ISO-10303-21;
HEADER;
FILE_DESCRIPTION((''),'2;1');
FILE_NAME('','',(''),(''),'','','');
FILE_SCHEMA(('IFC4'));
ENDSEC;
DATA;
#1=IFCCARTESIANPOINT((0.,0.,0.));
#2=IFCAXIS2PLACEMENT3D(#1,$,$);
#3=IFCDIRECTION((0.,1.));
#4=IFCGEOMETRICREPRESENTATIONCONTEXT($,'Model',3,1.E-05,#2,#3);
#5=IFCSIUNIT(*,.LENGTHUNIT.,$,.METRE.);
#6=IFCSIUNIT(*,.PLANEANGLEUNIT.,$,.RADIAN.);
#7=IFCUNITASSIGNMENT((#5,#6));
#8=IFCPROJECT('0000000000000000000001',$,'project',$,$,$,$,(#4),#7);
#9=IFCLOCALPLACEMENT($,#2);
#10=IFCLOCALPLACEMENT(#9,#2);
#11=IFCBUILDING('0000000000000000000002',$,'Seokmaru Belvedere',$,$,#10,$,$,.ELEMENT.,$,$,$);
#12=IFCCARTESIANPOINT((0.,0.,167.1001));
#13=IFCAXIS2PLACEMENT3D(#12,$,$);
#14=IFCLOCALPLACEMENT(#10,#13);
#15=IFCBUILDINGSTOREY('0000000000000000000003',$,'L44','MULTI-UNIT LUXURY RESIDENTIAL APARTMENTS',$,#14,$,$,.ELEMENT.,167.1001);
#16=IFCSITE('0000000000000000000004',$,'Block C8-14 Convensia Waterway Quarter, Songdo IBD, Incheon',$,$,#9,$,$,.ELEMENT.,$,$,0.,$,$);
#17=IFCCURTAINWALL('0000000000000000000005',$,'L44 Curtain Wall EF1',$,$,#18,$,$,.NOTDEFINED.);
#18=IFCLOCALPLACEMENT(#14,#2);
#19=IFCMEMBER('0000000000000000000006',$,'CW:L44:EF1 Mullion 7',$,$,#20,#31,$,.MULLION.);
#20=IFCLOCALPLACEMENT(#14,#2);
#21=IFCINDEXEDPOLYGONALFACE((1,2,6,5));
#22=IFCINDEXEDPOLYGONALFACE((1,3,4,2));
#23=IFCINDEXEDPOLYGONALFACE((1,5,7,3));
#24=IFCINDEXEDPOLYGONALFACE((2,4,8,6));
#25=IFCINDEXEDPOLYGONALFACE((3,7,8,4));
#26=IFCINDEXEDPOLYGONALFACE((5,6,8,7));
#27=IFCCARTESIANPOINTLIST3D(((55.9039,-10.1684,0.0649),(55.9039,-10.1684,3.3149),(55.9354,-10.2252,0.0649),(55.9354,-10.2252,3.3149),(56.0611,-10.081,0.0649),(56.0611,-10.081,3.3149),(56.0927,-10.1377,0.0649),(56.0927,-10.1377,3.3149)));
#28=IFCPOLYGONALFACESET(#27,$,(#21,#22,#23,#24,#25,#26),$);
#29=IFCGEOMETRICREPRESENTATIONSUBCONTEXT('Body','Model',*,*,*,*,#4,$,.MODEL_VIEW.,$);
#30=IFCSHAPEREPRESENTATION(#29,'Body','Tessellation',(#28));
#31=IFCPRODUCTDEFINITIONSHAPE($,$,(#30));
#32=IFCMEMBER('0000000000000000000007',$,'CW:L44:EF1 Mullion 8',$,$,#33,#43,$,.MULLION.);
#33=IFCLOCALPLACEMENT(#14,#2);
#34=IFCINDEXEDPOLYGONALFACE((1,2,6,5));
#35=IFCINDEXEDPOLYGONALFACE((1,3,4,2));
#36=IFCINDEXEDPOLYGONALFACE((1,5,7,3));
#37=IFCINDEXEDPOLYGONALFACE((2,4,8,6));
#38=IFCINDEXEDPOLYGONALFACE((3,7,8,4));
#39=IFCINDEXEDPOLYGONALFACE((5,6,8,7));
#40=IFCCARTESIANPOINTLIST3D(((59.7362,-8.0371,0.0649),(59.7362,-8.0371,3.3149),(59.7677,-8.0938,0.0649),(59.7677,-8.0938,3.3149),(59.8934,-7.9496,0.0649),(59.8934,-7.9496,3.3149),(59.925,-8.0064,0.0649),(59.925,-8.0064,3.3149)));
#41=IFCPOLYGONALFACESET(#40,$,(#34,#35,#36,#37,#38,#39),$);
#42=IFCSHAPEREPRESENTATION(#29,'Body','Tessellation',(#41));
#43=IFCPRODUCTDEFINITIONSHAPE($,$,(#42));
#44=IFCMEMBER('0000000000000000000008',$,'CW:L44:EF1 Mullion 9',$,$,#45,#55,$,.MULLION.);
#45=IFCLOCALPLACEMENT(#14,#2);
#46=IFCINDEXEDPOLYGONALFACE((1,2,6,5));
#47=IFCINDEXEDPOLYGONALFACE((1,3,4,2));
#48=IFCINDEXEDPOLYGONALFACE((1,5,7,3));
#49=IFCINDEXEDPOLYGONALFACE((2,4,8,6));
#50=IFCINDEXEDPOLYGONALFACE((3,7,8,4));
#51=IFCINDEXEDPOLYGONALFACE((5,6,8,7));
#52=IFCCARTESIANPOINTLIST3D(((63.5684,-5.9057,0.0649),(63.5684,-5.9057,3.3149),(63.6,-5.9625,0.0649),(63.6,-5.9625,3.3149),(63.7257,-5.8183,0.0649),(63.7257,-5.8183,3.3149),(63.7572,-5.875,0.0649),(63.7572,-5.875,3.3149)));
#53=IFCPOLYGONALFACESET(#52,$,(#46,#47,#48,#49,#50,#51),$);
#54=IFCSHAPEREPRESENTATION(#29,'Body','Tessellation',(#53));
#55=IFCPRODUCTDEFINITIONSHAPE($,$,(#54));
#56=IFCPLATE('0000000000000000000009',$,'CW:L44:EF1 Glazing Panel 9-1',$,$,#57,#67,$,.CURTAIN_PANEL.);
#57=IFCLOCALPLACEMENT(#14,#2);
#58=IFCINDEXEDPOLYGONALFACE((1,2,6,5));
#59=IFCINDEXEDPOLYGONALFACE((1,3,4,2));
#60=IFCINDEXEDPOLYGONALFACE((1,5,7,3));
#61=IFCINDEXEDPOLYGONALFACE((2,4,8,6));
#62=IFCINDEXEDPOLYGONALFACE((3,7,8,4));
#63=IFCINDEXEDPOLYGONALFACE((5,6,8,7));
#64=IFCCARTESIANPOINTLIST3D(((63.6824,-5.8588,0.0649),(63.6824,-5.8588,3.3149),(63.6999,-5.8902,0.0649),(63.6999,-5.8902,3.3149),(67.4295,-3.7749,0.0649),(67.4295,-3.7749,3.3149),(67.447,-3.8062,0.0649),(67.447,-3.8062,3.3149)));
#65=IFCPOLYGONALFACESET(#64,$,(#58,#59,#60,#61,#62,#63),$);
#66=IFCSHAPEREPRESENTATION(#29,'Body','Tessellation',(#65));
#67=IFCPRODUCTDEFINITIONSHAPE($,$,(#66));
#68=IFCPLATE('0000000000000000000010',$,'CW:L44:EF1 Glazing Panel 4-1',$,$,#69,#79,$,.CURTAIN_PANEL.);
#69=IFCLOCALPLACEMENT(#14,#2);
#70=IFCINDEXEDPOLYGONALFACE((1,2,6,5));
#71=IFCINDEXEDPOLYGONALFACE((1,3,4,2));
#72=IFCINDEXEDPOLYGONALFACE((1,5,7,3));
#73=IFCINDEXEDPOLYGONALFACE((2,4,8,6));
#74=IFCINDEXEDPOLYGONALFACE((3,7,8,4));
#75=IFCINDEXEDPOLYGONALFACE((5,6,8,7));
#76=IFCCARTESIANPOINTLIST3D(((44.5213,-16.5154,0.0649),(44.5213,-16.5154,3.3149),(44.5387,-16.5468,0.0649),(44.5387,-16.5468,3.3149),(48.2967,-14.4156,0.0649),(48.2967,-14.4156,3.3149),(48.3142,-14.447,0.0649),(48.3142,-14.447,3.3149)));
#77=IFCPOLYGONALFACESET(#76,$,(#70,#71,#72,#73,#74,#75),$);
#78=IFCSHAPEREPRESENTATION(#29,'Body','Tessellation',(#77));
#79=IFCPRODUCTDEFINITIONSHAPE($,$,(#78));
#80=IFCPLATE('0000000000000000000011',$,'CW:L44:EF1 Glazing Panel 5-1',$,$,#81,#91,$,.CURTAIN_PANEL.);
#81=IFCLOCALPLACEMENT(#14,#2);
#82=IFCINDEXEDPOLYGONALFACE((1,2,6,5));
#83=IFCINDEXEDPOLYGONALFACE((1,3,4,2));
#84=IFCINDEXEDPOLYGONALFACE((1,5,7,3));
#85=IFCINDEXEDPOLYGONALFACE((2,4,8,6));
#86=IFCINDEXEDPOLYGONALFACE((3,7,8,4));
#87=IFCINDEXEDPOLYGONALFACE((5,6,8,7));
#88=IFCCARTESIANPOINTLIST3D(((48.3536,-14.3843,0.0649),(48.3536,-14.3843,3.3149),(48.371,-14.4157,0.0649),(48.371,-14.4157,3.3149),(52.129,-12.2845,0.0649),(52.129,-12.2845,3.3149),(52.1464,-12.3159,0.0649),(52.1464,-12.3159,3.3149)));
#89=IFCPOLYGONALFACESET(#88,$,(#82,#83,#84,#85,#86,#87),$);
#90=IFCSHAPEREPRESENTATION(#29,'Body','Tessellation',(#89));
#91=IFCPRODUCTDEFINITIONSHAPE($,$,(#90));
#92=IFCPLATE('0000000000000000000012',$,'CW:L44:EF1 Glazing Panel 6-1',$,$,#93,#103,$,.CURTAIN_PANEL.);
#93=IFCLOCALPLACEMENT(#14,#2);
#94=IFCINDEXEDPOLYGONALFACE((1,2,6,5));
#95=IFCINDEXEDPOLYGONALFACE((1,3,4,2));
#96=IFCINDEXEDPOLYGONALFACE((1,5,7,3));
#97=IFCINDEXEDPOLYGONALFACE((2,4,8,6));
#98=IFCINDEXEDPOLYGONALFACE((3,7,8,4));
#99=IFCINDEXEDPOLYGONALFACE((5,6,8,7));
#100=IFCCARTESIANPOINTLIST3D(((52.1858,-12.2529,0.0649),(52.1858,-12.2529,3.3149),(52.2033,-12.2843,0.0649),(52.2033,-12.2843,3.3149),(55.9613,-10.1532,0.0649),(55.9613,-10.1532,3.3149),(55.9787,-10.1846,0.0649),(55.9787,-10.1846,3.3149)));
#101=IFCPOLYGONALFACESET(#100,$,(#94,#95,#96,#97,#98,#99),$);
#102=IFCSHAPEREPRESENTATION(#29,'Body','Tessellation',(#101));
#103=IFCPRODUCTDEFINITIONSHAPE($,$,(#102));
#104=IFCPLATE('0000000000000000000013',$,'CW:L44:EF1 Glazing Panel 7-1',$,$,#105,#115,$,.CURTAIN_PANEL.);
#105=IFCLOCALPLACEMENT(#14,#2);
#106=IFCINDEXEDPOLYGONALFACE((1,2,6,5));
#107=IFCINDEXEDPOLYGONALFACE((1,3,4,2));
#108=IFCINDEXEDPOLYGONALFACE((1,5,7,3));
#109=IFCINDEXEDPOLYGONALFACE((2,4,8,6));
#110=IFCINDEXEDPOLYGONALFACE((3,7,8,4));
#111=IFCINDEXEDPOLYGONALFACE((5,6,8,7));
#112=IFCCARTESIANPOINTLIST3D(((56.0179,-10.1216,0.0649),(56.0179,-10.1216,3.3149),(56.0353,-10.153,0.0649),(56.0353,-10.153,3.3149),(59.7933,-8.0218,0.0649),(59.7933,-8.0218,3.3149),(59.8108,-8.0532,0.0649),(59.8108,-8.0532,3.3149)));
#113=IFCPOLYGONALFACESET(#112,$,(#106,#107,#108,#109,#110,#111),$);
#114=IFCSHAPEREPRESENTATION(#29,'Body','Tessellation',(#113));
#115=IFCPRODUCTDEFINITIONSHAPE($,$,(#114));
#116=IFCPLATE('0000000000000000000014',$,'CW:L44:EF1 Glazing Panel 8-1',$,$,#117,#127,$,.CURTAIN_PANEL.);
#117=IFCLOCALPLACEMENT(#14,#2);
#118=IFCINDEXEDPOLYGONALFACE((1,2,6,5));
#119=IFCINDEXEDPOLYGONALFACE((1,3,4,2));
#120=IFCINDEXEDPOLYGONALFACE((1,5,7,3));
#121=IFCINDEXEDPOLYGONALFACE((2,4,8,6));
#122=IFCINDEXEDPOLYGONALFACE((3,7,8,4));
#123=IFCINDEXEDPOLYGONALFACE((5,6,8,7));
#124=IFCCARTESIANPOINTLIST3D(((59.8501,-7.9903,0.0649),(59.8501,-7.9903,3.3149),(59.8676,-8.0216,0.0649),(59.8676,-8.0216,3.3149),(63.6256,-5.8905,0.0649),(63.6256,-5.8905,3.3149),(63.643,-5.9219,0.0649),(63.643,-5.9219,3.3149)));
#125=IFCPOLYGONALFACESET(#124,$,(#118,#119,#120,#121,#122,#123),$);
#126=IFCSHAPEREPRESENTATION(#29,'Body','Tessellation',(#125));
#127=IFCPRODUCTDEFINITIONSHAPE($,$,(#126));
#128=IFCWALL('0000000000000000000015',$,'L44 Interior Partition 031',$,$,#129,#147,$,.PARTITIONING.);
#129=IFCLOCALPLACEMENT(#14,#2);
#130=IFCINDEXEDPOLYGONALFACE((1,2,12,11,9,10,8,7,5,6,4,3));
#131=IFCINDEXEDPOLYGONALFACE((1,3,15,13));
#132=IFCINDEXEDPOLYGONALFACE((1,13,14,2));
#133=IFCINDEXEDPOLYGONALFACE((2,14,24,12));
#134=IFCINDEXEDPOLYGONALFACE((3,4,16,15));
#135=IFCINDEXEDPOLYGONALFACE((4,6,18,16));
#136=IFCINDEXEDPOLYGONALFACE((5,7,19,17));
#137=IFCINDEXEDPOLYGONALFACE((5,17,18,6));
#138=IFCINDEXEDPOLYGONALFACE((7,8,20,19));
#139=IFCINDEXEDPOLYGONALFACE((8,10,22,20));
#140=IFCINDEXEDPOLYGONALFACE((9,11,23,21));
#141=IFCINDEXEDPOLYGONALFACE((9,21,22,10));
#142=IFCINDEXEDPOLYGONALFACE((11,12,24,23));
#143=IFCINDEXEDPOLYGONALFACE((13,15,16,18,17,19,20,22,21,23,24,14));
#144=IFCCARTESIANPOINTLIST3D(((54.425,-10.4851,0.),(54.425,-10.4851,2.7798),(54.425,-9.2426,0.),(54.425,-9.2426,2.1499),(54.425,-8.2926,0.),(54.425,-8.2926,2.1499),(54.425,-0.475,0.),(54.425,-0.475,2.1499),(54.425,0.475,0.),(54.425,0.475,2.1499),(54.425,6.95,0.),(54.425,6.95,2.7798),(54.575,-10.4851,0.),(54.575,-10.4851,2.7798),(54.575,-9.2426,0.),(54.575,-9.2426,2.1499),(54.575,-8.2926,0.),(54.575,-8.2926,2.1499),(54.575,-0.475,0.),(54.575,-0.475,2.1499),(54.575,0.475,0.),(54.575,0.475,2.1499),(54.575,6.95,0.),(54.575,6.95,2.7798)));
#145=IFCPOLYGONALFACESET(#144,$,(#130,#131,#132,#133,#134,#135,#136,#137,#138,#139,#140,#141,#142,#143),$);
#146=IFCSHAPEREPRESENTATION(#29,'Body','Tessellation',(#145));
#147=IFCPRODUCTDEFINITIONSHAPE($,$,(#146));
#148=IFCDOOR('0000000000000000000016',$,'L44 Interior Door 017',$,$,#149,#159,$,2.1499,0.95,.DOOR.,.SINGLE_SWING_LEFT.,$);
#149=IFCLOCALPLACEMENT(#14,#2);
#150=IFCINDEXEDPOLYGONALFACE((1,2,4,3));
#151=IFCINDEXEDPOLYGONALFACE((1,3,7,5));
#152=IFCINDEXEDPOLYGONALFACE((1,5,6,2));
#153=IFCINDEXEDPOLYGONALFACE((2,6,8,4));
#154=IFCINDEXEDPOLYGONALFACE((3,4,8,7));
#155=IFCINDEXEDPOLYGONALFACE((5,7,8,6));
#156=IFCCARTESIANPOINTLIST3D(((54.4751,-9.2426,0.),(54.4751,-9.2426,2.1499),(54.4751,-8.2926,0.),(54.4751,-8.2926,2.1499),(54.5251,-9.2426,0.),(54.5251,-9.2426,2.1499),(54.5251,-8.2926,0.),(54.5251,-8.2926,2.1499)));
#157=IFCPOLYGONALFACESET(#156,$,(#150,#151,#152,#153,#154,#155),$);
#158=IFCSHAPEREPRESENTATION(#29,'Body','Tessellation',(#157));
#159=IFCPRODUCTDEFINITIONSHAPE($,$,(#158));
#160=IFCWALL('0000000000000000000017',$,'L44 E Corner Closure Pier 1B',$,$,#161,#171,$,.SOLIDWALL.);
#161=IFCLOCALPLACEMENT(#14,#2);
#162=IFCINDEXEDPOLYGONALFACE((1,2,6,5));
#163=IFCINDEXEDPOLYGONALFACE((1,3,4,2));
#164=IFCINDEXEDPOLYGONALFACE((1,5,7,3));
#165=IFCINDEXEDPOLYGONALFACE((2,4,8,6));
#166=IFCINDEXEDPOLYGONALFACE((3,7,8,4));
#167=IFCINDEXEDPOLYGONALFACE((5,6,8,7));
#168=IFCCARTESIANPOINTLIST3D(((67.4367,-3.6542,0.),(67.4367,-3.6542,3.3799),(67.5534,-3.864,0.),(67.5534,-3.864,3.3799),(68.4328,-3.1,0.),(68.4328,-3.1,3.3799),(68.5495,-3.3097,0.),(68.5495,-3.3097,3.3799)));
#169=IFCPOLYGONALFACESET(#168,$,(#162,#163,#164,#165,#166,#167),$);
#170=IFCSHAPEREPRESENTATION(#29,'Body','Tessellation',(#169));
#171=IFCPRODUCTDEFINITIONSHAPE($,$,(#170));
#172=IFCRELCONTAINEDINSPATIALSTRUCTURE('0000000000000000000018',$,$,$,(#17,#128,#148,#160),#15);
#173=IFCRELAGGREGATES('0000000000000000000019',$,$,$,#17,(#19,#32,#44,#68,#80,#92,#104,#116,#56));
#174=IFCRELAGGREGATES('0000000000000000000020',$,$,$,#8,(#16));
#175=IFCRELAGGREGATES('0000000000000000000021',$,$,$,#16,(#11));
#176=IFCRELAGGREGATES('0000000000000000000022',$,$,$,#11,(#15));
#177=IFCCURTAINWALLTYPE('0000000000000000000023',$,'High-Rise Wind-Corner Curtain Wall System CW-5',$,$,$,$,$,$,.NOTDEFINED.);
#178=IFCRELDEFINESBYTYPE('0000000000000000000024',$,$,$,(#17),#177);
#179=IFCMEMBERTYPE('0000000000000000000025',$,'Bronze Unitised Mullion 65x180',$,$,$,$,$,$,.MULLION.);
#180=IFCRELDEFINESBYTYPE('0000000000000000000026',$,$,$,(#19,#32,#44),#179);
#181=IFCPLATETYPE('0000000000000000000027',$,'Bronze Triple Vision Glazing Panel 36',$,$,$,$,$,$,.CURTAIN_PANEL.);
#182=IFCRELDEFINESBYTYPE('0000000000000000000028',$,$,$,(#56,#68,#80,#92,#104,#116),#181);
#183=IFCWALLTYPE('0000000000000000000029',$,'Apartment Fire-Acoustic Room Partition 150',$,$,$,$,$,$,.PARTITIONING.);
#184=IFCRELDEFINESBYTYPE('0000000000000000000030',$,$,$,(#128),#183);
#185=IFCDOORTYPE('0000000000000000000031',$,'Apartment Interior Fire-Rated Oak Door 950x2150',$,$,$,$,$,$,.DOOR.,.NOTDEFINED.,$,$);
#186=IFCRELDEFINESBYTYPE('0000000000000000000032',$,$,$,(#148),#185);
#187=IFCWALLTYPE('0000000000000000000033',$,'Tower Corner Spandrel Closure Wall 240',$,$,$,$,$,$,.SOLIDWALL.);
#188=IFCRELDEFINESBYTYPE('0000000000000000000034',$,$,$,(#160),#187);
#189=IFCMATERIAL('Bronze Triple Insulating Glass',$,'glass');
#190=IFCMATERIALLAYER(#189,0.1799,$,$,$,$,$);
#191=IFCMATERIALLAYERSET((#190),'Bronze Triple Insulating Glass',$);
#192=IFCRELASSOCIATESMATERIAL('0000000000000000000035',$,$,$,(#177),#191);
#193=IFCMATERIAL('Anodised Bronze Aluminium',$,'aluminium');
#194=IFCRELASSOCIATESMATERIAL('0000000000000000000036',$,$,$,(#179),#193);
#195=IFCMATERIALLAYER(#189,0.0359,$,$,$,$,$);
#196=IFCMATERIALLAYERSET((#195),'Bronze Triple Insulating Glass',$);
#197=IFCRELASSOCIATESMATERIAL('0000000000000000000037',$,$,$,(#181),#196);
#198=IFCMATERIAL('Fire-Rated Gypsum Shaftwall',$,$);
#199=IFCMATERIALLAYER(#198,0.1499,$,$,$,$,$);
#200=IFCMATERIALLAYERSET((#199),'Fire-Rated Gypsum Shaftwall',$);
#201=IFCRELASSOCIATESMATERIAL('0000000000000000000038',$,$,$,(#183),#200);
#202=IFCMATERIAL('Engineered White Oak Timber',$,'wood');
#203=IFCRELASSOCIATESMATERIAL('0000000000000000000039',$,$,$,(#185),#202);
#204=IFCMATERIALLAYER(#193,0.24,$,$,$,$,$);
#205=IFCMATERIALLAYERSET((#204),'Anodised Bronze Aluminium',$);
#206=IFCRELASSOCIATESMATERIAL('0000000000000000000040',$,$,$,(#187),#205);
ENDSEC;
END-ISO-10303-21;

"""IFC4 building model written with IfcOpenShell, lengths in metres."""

from ifc_helpers import new_model, si_unit, direction, frame, frame_2d, origin, origin_2d, place, context, subcontext, project, spatial, rectangle, extrude, source, transform, mapped, material, layer, layer_set, material_profile, profile_set, type_object, type_shapes, element, fill, aggregate, save


model = new_model("IFC4")

# Units and contexts
model_context = context("Model", 3, precision=1e-05, world=origin(), true_north=direction((0.0, 1.0)))
body_context = subcontext(model_context, "Body", "Model", "MODEL_VIEW")
ifc_project = project(units=[si_unit("LENGTHUNIT", "METRE"), si_unit("PLANEANGLEUNIT", "RADIAN")], contexts=[model_context])

# Site, building, storey
site_placement = place(None, origin())
site = spatial("IfcSite", under=ifc_project, at=site_placement, Name="Block C8-14 Convensia Waterway Quarter, Songdo IBD, Incheon", CompositionType="ELEMENT", RefElevation=0.0)
building_placement = place(site_placement, origin())
building = spatial("IfcBuilding", under=site, at=building_placement, Name="Seokmaru Belvedere", CompositionType="ELEMENT")
storey_placement = place(building_placement, frame((0.0, 0.0, 167.1001)))
storey = spatial("IfcBuildingStorey", under=building, at=storey_placement, Name="L44", Description="MULTI-UNIT LUXURY RESIDENTIAL APARTMENTS", CompositionType="ELEMENT", Elevation=167.1001)

# Curtain wall, members, plates
ifc_material_1 = material(Name="Bronze Triple Insulating Glass", Category="glass")
ifc_layer_1 = layer(ifc_material_1, 0.1799)
ifc_layer_set_1 = layer_set([ifc_layer_1], Name="Bronze Triple Insulating Glass")
curtain_wall_type = type_object("IfcCurtainWallType", Name="High-Rise Wind-Corner Curtain Wall System CW-5", PredefinedType="NOTDEFINED", material=ifc_layer_set_1)
curtain_wall_placement = place(storey_placement, origin())
curtain_wall = element("IfcCurtainWall", 1, at=curtain_wall_placement, inside=storey, type_object=curtain_wall_type, Name="L44 Curtain Wall EF1", PredefinedType="NOTDEFINED")
ifc_material_2 = material(Name="Anodised Bronze Aluminium", Category="aluminium")
ifc_material_profile_1 = material_profile(ifc_material_2, rectangle(XDim=0.0649, YDim=0.1799, at=origin_2d()), Name="CW-M-65x180")
ifc_profile_set_1 = profile_set([ifc_material_profile_1], Name="Anodised Bronze Aluminium")
member_type = type_object("IfcMemberType", Name="Bronze Unitised Mullion 65x180", PredefinedType="MULLION", material=ifc_profile_set_1)
shared_shape_1 = source(origin(), body_context, "Body", "SweptSolid", [
    extrude(rectangle(XDim=0.0649, YDim=0.1799, at=origin_2d()), origin(), (0.0, 0.0, 1.0), 3.25),
])
member_1_placement = place(storey_placement, frame((55.9983, -10.1531, 0.0649), z_axis=(0.0, 0.0, 1.0), x_axis=(-0.486047, 0.873933, 0.0)))
member_1 = element("IfcMember", 2, at=member_1_placement, type_object=member_type, Name="CW:L44:EF1 Mullion 7", PredefinedType="MULLION", context=body_context, shape_type="MappedRepresentation", body=[
    mapped(shared_shape_1, transform((0.0, 0.0, 0.0), scale=1.0)),
])
member_2_placement = place(storey_placement, frame((59.8306, -8.0217, 0.0649), z_axis=(0.0, 0.0, 1.0), x_axis=(-0.486047, 0.873933, 0.0)))
member_2 = element("IfcMember", 3, at=member_2_placement, type_object=member_type, Name="CW:L44:EF1 Mullion 8", PredefinedType="MULLION", context=body_context, shape_type="MappedRepresentation", body=[
    mapped(shared_shape_1, transform((0.0, 0.0, 0.0), scale=1.0)),
])
member_3_placement = place(storey_placement, frame((63.6628, -5.8904, 0.0649), z_axis=(0.0, 0.0, 1.0), x_axis=(-0.486047, 0.873933, 0.0)))
member_3 = element("IfcMember", 4, at=member_3_placement, type_object=member_type, Name="CW:L44:EF1 Mullion 9", PredefinedType="MULLION", context=body_context, shape_type="MappedRepresentation", body=[
    mapped(shared_shape_1, transform((0.0, 0.0, 0.0), scale=1.0)),
])
ifc_layer_2 = layer(ifc_material_1, 0.0359)
ifc_layer_set_2 = layer_set([ifc_layer_2], Name="Bronze Triple Insulating Glass")
plate_type = type_object("IfcPlateType", Name="Bronze Triple Vision Glazing Panel 36", PredefinedType="CURTAIN_PANEL", material=ifc_layer_set_2)
shared_shape_2 = source(origin(), body_context, "Body", "SweptSolid", [
    extrude(rectangle(XDim=4.2876, YDim=0.0359, at=origin_2d()), origin(), (0.0, 0.0, 1.0), 3.25),
])
plate_1_placement = place(storey_placement, frame((65.5647, -4.8325, 0.0649), z_axis=(0.0, 0.0, 1.0), x_axis=(0.873933, 0.486047, 0.0)))
plate_1 = element("IfcPlate", 5, at=plate_1_placement, type_object=plate_type, Name="CW:L44:EF1 Glazing Panel 9-1", PredefinedType="CURTAIN_PANEL", context=body_context, shape_type="MappedRepresentation", body=[
    mapped(shared_shape_2, transform((0.0, 0.0, 0.0), scale=1.0)),
])
shared_shape_3 = source(origin(), body_context, "Body", "SweptSolid", [
    extrude(rectangle(XDim=4.3201, YDim=0.0359, at=origin_2d()), origin(), (0.0, 0.0, 1.0), 3.25),
])
type_shapes(plate_type, [shared_shape_2, shared_shape_3])
plate_2_placement = place(storey_placement, frame((46.4177, -15.4812, 0.0649), z_axis=(0.0, 0.0, 1.0), x_axis=(0.873933, 0.486047, 0.0)))
plate_2 = element("IfcPlate", 6, at=plate_2_placement, type_object=plate_type, Name="CW:L44:EF1 Glazing Panel 4-1", PredefinedType="CURTAIN_PANEL", context=body_context, shape_type="MappedRepresentation", body=[
    mapped(shared_shape_3, transform((0.0, 0.0, 0.0), scale=1.0)),
])
plate_3_placement = place(storey_placement, frame((50.25, -13.3501, 0.0649), z_axis=(0.0, 0.0, 1.0), x_axis=(0.873933, 0.486047, 0.0)))
plate_3 = element("IfcPlate", 7, at=plate_3_placement, type_object=plate_type, Name="CW:L44:EF1 Glazing Panel 5-1", PredefinedType="CURTAIN_PANEL", context=body_context, shape_type="MappedRepresentation", body=[
    mapped(shared_shape_3, transform((0.0, 0.0, 0.0), scale=1.0)),
])
plate_4_placement = place(storey_placement, frame((54.0823, -11.2188, 0.0649), z_axis=(0.0, 0.0, 1.0), x_axis=(0.873933, 0.486047, 0.0)))
plate_4 = element("IfcPlate", 8, at=plate_4_placement, type_object=plate_type, Name="CW:L44:EF1 Glazing Panel 6-1", PredefinedType="CURTAIN_PANEL", context=body_context, shape_type="MappedRepresentation", body=[
    mapped(shared_shape_3, transform((0.0, 0.0, 0.0), scale=1.0)),
])
plate_5_placement = place(storey_placement, frame((57.9143, -9.0874, 0.0649), z_axis=(0.0, 0.0, 1.0), x_axis=(0.873933, 0.486047, 0.0)))
plate_5 = element("IfcPlate", 9, at=plate_5_placement, type_object=plate_type, Name="CW:L44:EF1 Glazing Panel 7-1", PredefinedType="CURTAIN_PANEL", context=body_context, shape_type="MappedRepresentation", body=[
    mapped(shared_shape_3, transform((0.0, 0.0, 0.0), scale=1.0)),
])
plate_6_placement = place(storey_placement, frame((61.7466, -6.9561, 0.0649), z_axis=(0.0, 0.0, 1.0), x_axis=(0.873933, 0.486047, 0.0)))
plate_6 = element("IfcPlate", 10, at=plate_6_placement, type_object=plate_type, Name="CW:L44:EF1 Glazing Panel 8-1", PredefinedType="CURTAIN_PANEL", context=body_context, shape_type="MappedRepresentation", body=[
    mapped(shared_shape_3, transform((0.0, 0.0, 0.0), scale=1.0)),
])
aggregate(curtain_wall, [member_1, member_2, member_3, plate_2, plate_3, plate_4, plate_5, plate_6, plate_1])

# Wall, openings, door
ifc_material_3 = material(Name="Fire-Rated Gypsum Shaftwall")
ifc_layer_3 = layer(ifc_material_3, 0.1499)
ifc_layer_set_3 = layer_set([ifc_layer_3], Name="Fire-Rated Gypsum Shaftwall")
wall_type_1 = type_object("IfcWallType", Name="Apartment Fire-Acoustic Room Partition 150", PredefinedType="PARTITIONING", material=ifc_layer_set_3)
wall_1_placement = place(storey_placement, frame((54.5, -10.4851, 0.0), z_axis=(0.0, 0.0, 1.0), x_axis=(0.0, 1.0, 0.0)))
wall_1 = element("IfcWall", 11, at=wall_1_placement, inside=storey, type_object=wall_type_1, Name="L44 Interior Partition 031", PredefinedType="PARTITIONING", context=body_context, shape_type="SweptSolid", body=[
    extrude(rectangle(XDim=17.4351, YDim=0.1499, at=frame_2d((8.7175, 0.0))), origin(), (0.0, 0.0, 1.0), 2.7798),
])
opening_1_placement = place(wall_1_placement, frame((1.2424, 0.0, 0.0)))
opening_1 = element("IfcOpeningElement", 12, at=opening_1_placement, cuts=wall_1, PredefinedType="OPENING", context=body_context, shape_type="SweptSolid", body=[
    extrude(rectangle(XDim=0.95, YDim=2.1499, at=frame_2d((0.4751, 1.075))), frame((0.0, 0.085, 0.0), z_axis=(0.0, -1.0, 0.0), x_axis=(1.0, 0.0, 0.0)), (0.0, 0.0, 1.0), 0.1699),
])
opening_2_placement = place(wall_1_placement, frame((10.01, 0.0, 0.0)))
element("IfcOpeningElement", 13, at=opening_2_placement, cuts=wall_1, PredefinedType="OPENING", context=body_context, shape_type="SweptSolid", body=[
    extrude(rectangle(XDim=0.95, YDim=2.1499, at=frame_2d((0.4751, 1.075))), frame((0.0, 0.085, 0.0), z_axis=(0.0, -1.0, 0.0), x_axis=(1.0, 0.0, 0.0)), (0.0, 0.0, 1.0), 0.1699),
])
ifc_material_4 = material(Name="Engineered White Oak Timber", Category="wood")
door_type = type_object("IfcDoorType", Name="Apartment Interior Fire-Rated Oak Door 950x2150", OperationType="NOTDEFINED", PredefinedType="DOOR", material=ifc_material_4)
shared_shape_4 = source(origin(), body_context, "Body", "SweptSolid", [
    extrude(rectangle(XDim=0.95, YDim=2.1499, at=frame_2d((0.4751, 1.075))), frame((0.0, 0.0249, 0.0), z_axis=(0.0, -1.0, 0.0), x_axis=(1.0, 0.0, 0.0)), (0.0, 0.0, 1.0), 0.05),
])
type_shapes(door_type, [shared_shape_4])
door_placement = place(opening_1_placement, origin())
door = element("IfcDoor", 14, at=door_placement, inside=storey, type_object=door_type, Name="L44 Interior Door 017", OperationType="SINGLE_SWING_LEFT", OverallHeight=2.1499, OverallWidth=0.95, PredefinedType="DOOR", context=body_context, shape_type="MappedRepresentation", body=[
    mapped(shared_shape_4, transform((0.0, 0.0, 0.0), scale=1.0)),
])
fill(opening_1, door)

# Wall
ifc_layer_4 = layer(ifc_material_2, 0.24)
ifc_layer_set_4 = layer_set([ifc_layer_4], Name="Anodised Bronze Aluminium")
wall_type_2 = type_object("IfcWallType", Name="Tower Corner Spandrel Closure Wall 240", PredefinedType="SOLIDWALL", material=ifc_layer_set_4)
wall_2_placement = place(storey_placement, frame((67.4951, -3.759, 0.0), z_axis=(0.0, 0.0, 1.0), x_axis=(0.873854, 0.486188, 0.0)))
element("IfcWall", 15, at=wall_2_placement, inside=storey, type_object=wall_type_2, Name="L44 E Corner Closure Pier 1B", PredefinedType="SOLIDWALL", context=body_context, shape_type="SweptSolid", body=[
    extrude(rectangle(XDim=1.1399, YDim=0.24, at=frame_2d((0.5698, 0.0))), origin(), (0.0, 0.0, 1.0), 3.3799),
])

save(model, "model.ifc")
